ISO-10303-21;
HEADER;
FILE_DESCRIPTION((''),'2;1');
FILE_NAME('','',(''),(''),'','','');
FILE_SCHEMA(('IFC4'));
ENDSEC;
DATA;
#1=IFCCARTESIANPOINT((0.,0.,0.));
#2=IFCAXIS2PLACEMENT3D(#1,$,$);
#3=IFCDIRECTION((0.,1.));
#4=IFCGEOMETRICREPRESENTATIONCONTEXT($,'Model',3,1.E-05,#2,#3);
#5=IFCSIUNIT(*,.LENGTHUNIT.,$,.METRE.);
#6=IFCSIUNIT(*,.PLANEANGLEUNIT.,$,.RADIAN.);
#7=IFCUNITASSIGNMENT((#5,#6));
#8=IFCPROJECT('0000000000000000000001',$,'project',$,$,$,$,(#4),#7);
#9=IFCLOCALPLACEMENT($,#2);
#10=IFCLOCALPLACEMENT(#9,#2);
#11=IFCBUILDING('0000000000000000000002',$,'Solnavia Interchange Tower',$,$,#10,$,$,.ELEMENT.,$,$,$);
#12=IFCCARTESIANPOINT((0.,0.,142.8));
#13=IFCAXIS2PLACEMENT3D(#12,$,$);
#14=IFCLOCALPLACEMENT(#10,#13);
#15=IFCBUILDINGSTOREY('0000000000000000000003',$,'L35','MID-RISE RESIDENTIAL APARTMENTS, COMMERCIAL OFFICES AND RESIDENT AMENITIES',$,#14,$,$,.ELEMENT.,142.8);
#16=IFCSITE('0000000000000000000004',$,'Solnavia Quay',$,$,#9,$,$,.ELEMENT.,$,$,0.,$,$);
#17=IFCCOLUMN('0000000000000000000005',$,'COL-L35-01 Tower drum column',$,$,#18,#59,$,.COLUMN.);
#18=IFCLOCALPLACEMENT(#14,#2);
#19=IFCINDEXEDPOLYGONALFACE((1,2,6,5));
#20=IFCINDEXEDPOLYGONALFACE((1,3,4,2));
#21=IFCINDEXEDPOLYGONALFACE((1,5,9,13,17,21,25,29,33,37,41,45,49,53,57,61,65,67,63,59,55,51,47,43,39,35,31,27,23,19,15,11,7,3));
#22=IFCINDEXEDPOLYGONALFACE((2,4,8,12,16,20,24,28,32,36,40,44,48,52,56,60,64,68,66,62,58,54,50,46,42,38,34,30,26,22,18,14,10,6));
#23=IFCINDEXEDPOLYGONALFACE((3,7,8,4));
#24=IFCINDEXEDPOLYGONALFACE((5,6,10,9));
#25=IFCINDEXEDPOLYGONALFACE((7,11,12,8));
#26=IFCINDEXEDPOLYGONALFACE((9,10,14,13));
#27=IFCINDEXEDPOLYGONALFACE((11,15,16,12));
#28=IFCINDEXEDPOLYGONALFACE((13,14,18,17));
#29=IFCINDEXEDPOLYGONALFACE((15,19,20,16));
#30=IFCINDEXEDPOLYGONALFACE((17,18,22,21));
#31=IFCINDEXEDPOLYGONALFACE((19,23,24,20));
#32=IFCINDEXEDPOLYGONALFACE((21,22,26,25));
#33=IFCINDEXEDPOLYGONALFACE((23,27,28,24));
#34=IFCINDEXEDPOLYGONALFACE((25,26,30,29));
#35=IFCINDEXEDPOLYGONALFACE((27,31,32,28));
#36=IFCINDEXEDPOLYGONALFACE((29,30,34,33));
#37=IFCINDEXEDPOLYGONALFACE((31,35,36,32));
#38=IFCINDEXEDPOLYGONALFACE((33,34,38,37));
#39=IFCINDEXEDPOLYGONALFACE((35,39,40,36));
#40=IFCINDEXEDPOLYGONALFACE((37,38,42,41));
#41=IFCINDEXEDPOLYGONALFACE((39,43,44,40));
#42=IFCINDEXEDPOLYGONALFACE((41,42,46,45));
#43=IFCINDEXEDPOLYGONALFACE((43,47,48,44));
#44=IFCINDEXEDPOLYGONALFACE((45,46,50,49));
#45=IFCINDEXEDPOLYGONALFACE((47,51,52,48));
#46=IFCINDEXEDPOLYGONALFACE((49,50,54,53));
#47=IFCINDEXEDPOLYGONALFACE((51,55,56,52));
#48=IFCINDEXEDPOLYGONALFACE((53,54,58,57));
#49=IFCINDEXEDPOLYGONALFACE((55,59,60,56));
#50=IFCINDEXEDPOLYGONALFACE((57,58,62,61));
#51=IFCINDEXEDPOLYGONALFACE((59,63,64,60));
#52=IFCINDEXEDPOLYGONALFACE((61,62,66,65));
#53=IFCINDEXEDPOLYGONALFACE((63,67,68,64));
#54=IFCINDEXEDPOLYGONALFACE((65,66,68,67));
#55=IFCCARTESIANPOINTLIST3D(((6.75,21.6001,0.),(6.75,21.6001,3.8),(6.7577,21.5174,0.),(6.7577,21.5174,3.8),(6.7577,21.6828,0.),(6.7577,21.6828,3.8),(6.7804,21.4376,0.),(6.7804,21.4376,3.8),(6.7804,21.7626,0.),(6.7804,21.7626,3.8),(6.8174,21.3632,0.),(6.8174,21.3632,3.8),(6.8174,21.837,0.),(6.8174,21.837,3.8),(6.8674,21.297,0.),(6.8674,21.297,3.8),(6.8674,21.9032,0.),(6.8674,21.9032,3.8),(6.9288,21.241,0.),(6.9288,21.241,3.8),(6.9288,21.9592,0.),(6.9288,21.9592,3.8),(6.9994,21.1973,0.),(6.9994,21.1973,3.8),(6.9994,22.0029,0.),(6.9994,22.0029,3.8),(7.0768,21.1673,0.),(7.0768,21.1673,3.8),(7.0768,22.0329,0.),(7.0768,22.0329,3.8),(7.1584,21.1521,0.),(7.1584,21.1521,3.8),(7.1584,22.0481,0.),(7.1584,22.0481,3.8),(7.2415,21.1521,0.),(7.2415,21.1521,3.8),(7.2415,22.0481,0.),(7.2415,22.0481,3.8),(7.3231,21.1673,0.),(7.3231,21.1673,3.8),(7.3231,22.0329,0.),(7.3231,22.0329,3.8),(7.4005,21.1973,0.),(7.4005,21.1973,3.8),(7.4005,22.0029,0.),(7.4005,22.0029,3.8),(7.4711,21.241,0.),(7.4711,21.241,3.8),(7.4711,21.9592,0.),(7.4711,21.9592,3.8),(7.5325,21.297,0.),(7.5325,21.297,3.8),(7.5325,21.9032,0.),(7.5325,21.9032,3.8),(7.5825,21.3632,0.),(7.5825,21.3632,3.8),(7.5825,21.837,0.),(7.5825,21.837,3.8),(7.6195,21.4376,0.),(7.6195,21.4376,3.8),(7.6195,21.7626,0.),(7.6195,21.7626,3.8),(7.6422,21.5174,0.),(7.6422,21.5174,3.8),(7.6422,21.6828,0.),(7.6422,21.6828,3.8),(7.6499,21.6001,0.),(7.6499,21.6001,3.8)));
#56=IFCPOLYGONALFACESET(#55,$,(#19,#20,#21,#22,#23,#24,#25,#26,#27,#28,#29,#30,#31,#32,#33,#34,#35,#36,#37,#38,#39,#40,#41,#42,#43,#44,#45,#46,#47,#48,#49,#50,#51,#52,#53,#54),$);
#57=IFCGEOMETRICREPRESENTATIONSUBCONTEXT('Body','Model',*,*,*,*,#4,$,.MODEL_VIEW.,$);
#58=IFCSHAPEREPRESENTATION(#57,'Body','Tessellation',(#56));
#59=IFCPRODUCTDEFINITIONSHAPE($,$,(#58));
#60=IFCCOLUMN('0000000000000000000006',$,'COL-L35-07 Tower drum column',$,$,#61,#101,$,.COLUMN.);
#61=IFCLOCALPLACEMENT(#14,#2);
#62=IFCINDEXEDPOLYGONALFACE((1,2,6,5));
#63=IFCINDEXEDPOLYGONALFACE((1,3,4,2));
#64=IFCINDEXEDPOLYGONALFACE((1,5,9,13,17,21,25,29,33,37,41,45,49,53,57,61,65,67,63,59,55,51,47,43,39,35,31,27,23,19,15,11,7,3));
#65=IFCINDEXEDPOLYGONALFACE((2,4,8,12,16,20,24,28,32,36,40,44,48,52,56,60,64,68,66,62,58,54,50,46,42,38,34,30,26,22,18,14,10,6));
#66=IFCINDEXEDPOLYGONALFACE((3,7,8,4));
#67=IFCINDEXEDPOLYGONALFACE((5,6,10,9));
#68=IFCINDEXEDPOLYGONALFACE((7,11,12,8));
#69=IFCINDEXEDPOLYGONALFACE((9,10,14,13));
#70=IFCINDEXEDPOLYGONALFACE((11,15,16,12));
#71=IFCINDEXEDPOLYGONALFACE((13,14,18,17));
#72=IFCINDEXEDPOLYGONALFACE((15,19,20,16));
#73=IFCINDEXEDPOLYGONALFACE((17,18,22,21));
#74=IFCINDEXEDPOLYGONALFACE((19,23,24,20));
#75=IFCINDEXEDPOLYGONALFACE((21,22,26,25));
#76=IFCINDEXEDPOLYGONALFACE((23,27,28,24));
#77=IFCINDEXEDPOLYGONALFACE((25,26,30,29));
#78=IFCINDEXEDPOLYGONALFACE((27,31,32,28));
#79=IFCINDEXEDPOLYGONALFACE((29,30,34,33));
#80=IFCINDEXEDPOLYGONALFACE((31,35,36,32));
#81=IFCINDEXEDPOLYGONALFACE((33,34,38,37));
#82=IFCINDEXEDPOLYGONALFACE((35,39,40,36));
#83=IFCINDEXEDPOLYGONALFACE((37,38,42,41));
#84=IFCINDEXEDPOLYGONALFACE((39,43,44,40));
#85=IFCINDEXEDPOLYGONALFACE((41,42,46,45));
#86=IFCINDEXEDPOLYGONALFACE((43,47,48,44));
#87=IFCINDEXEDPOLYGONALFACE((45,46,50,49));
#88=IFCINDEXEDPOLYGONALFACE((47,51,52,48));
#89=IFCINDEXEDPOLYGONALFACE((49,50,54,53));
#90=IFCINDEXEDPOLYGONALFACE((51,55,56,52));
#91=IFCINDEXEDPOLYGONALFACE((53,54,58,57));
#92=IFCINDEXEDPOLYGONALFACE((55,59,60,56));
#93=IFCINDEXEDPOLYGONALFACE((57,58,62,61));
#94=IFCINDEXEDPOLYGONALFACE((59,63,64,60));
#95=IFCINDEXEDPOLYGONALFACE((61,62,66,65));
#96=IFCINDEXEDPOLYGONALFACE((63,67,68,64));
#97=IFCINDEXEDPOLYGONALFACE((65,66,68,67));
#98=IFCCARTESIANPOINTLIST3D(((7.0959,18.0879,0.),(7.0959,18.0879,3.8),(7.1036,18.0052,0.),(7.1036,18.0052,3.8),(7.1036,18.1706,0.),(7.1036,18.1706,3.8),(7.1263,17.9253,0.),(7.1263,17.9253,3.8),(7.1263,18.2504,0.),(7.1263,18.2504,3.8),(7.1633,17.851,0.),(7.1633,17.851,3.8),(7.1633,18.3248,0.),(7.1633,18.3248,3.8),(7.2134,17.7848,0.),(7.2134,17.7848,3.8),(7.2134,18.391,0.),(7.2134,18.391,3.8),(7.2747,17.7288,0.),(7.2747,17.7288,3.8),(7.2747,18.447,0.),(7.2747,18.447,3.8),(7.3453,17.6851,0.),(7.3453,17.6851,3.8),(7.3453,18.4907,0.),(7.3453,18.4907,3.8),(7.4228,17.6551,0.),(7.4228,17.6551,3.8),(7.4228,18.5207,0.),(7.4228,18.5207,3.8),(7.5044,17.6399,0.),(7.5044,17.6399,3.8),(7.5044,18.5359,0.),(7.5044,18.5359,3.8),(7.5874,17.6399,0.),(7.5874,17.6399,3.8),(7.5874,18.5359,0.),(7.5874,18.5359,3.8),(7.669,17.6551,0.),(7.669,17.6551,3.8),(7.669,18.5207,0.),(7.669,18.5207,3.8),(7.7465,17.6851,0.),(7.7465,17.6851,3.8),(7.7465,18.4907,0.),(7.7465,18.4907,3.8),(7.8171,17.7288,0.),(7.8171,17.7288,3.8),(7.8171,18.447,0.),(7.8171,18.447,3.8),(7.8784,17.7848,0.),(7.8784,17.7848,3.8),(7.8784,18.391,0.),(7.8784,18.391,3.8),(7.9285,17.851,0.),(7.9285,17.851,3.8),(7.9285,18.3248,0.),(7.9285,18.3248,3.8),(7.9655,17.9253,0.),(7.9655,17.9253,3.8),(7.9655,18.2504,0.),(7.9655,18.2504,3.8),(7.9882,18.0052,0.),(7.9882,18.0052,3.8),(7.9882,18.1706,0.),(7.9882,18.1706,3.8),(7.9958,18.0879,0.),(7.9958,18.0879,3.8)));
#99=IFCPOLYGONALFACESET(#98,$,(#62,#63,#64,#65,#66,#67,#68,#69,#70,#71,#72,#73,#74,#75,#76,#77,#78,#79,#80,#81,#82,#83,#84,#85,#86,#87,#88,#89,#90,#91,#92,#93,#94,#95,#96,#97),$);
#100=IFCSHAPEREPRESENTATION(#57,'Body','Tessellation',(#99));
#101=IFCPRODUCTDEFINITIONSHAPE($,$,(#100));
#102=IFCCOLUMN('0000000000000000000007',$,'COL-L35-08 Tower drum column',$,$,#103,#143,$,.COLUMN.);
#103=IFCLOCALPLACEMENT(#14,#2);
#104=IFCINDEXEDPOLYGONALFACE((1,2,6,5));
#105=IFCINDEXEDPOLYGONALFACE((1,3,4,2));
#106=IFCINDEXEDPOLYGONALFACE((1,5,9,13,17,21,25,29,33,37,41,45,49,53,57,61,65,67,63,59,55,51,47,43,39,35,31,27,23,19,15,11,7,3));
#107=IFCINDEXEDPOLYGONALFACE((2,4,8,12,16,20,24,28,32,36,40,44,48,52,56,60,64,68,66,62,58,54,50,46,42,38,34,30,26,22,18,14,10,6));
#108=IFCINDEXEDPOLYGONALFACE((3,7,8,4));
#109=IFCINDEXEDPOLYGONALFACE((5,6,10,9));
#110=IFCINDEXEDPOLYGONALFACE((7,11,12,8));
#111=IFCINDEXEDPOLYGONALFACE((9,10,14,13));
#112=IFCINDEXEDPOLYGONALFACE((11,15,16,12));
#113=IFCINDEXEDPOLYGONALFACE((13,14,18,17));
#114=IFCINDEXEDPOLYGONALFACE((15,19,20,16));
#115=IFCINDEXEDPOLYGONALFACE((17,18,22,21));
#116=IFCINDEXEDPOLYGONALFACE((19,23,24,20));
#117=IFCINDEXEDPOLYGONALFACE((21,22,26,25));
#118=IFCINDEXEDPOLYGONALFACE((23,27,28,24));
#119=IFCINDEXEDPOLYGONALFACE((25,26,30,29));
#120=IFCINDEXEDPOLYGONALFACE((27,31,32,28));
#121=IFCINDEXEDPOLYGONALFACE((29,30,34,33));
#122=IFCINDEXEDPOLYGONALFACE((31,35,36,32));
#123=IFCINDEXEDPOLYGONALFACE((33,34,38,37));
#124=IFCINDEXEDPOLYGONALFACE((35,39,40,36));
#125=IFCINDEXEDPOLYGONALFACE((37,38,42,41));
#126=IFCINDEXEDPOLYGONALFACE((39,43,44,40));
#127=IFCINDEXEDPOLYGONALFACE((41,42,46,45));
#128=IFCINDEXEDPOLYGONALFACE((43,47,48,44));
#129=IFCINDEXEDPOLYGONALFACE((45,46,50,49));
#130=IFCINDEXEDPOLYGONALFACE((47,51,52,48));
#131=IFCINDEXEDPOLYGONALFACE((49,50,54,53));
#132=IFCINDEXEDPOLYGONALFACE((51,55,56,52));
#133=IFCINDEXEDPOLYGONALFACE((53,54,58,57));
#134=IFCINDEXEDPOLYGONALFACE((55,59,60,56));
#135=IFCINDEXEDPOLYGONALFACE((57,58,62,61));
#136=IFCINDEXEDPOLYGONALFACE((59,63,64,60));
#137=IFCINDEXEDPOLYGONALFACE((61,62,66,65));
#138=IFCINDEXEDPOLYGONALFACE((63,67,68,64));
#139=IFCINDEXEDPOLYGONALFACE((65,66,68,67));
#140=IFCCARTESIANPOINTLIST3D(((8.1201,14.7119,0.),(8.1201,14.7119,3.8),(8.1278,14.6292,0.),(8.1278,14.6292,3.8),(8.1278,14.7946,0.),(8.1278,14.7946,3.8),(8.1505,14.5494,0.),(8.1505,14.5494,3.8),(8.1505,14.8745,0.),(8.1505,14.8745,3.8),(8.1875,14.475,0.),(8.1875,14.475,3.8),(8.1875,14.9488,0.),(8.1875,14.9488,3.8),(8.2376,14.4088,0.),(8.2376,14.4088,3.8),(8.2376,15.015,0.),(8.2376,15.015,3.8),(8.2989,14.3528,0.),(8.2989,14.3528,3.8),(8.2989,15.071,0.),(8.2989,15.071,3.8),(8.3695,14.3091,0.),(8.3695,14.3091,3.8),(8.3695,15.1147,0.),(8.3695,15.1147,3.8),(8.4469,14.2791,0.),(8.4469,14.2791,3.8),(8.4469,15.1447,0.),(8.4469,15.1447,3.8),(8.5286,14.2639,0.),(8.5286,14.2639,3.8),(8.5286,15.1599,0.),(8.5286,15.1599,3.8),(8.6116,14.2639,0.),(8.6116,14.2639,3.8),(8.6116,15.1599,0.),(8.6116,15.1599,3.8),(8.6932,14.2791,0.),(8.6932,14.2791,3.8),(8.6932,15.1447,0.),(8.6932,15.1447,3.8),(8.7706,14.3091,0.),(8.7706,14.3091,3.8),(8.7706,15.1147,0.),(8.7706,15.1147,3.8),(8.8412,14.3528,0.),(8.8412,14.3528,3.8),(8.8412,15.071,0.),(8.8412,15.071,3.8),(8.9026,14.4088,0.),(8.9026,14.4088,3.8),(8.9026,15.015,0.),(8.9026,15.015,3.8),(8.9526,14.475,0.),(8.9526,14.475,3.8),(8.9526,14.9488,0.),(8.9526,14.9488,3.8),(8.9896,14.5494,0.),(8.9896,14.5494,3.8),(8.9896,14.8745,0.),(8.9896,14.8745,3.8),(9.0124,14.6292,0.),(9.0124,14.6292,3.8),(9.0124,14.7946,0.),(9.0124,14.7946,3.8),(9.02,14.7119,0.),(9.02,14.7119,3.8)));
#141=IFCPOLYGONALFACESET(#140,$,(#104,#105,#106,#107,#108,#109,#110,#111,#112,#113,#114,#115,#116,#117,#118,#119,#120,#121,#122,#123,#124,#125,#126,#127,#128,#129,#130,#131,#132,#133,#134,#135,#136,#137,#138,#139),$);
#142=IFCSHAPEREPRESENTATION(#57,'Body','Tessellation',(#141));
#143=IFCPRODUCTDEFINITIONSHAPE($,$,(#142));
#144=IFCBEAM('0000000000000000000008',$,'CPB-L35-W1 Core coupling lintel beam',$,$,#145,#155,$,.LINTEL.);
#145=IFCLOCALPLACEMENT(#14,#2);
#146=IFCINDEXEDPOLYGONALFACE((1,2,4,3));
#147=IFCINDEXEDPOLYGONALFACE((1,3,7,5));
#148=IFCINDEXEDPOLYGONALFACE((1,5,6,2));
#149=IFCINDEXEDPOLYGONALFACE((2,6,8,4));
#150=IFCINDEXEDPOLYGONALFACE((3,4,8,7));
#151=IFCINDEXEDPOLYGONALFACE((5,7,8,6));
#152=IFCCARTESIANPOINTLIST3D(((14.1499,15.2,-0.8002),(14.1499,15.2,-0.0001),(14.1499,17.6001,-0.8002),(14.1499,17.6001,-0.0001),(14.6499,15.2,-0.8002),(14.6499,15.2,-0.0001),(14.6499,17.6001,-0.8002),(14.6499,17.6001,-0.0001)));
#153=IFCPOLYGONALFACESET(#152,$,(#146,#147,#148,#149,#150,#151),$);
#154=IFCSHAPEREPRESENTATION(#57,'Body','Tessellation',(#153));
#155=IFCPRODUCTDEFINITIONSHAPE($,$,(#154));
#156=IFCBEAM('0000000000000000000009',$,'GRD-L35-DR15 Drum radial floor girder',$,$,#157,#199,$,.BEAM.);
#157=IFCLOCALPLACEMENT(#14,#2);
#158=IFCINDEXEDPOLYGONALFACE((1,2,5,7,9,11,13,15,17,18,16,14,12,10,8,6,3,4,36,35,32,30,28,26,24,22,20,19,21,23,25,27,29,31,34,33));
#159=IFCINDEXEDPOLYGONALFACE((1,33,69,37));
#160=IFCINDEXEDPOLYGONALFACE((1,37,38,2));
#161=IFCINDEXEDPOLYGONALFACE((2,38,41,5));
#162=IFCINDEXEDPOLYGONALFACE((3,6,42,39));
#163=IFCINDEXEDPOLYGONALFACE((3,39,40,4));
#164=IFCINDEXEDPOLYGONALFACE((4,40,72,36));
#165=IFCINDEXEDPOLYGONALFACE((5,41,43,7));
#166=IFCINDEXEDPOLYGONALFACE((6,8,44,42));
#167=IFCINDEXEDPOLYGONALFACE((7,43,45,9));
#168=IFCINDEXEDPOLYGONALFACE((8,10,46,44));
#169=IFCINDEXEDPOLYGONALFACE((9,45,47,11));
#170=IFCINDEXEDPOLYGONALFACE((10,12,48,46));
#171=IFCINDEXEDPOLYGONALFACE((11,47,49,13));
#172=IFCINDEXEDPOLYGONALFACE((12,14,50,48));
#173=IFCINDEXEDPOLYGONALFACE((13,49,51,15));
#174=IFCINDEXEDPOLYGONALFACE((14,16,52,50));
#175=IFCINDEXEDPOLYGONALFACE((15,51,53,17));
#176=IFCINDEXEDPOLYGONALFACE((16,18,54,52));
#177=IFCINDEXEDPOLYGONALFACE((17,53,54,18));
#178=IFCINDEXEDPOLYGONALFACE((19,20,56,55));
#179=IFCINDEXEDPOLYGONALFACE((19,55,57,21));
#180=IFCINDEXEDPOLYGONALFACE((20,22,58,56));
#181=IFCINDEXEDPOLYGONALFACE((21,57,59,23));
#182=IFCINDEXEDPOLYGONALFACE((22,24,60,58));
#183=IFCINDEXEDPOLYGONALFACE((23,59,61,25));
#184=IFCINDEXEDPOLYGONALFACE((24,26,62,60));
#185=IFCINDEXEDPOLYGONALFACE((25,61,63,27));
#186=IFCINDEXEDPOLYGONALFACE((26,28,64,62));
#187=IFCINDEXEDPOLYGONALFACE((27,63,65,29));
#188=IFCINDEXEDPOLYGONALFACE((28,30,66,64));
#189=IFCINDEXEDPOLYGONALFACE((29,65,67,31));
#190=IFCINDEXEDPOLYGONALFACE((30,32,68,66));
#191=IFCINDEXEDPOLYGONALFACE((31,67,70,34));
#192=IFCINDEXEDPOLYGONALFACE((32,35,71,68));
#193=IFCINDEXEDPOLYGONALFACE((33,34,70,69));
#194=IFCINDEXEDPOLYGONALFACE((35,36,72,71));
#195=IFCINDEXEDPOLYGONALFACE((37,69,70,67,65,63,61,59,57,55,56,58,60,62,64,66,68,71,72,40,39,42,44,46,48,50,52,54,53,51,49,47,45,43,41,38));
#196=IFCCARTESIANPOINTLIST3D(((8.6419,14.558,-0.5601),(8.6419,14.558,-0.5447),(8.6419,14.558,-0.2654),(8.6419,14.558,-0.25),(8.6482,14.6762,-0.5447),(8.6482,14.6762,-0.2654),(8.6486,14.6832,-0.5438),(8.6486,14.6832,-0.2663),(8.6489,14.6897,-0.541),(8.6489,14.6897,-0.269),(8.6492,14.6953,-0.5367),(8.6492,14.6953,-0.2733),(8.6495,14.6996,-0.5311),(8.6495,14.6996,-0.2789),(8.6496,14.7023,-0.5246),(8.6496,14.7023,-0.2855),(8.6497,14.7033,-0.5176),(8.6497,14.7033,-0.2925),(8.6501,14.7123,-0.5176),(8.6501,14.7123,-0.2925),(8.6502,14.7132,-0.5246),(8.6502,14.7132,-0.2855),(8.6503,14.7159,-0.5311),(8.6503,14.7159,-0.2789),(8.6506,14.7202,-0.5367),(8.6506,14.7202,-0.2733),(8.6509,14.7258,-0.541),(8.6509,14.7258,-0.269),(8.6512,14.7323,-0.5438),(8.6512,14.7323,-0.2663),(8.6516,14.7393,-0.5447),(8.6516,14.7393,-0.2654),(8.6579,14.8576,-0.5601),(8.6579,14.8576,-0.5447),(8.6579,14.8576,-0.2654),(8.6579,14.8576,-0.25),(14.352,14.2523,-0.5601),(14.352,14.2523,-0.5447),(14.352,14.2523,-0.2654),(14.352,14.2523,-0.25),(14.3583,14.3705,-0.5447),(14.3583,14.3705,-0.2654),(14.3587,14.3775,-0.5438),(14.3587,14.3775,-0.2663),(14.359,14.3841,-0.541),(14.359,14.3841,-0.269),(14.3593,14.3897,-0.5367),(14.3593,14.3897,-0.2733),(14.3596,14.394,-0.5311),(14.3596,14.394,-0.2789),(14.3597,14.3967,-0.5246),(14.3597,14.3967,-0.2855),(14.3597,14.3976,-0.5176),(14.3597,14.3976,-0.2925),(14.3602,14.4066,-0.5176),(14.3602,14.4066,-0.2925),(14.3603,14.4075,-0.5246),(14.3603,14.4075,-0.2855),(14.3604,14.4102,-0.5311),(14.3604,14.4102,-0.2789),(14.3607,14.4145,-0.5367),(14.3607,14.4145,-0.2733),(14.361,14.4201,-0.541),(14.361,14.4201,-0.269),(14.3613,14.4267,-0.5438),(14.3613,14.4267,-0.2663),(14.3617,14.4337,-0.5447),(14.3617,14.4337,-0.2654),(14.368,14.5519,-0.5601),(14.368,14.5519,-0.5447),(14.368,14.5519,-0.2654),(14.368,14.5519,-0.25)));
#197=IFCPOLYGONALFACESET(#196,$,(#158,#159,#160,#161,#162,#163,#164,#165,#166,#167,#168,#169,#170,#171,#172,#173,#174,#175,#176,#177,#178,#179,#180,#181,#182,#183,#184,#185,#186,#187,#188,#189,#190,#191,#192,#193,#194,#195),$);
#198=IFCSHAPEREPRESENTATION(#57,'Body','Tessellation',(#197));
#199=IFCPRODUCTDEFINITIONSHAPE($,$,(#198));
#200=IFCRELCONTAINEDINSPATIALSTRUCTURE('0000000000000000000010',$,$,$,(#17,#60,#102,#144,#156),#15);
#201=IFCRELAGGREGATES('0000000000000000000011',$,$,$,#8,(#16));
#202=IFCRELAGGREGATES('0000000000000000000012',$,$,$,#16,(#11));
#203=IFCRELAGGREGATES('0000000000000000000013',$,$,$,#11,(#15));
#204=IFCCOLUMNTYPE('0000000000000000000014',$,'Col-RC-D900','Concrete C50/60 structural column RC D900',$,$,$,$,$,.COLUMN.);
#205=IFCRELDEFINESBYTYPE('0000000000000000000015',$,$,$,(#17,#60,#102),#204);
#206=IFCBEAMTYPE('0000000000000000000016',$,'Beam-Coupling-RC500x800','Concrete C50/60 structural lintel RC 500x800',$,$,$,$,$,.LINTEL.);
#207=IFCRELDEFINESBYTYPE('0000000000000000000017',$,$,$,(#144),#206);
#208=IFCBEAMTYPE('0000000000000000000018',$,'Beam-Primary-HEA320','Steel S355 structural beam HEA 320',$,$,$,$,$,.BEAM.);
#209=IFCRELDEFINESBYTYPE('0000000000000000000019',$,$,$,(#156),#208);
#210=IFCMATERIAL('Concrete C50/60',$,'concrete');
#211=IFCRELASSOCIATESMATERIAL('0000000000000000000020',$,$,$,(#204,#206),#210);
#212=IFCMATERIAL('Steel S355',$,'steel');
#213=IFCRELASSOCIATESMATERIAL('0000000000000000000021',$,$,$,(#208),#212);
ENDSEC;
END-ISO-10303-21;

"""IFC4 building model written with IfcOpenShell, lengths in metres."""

from ifc_helpers import new_model, si_unit, direction, frame, origin, origin_2d, place, context, subcontext, project, spatial, rectangle, circle, i_section, extrude, material, material_profile, profile_set, type_object, element, save


model = new_model("IFC4")

# Units and contexts
model_context = context("Model", 3, precision=1e-05, world=origin(), true_north=direction((0.0, 1.0)))
body_context = subcontext(model_context, "Body", "Model", "MODEL_VIEW")
ifc_project = project(units=[si_unit("LENGTHUNIT", "METRE"), si_unit("PLANEANGLEUNIT", "RADIAN")], contexts=[model_context])

# Site, building, storey
site_placement = place(None, origin())
site = spatial("IfcSite", under=ifc_project, at=site_placement, Name="Solnavia Quay", CompositionType="ELEMENT", RefElevation=0.0)
building_placement = place(site_placement, origin())
building = spatial("IfcBuilding", under=site, at=building_placement, Name="Solnavia Interchange Tower", CompositionType="ELEMENT")
storey_placement = place(building_placement, frame((0.0, 0.0, 142.8)))
storey = spatial("IfcBuildingStorey", under=building, at=storey_placement, Name="L35", Description="MID-RISE RESIDENTIAL APARTMENTS, COMMERCIAL OFFICES AND RESIDENT AMENITIES", CompositionType="ELEMENT", Elevation=142.8)

# Columns
ifc_material_1 = material(Name="Concrete C50/60", Category="concrete")
ifc_material_profile_1 = material_profile(ifc_material_1, circle(Radius=0.45, at=origin_2d()), Name="RC D900")
ifc_profile_set_1 = profile_set([ifc_material_profile_1], Name="Concrete C50/60")
column_type = type_object("IfcColumnType", Name="Col-RC-D900", Description="Concrete C50/60 structural column RC D900", PredefinedType="COLUMN", material=ifc_profile_set_1)
for number, where, z_axis, x_axis, name in (
    (1, (7.2, 21.6001, 0.0), (0.0, 0.0, 1.0), (1.0, 0.0, 0.0), "COL-L35-01 Tower drum column"),
    (2, (7.5459, 18.0879, 0.0), (0.0, 0.0, 1.0), (1.0, 0.0, 0.0), "COL-L35-07 Tower drum column"),
    (3, (8.5701, 14.7119, 0.0), (0.0, 0.0, 1.0), (1.0, 0.0, 0.0), "COL-L35-08 Tower drum column"),
):
    element("IfcColumn", number, at=place(storey_placement, frame(where, z_axis=z_axis, x_axis=x_axis)), inside=storey, type_object=column_type, Name=name, PredefinedType="COLUMN", context=body_context, shape_type="SweptSolid", body=[
        extrude(circle(Radius=0.45, at=origin_2d()), origin(), (0.0, 0.0, 1.0), 3.8),
    ])

# Beams
ifc_material_profile_2 = material_profile(ifc_material_1, rectangle(XDim=0.5, YDim=0.8, at=origin_2d()), Name="RC 500x800")
ifc_profile_set_2 = profile_set([ifc_material_profile_2], Name="Concrete C50/60")
beam_type_1 = type_object("IfcBeamType", Name="Beam-Coupling-RC500x800", Description="Concrete C50/60 structural lintel RC 500x800", PredefinedType="LINTEL", material=ifc_profile_set_2)
beam_1_placement = place(storey_placement, frame((14.3999, 15.2, -0.4001), z_axis=(0.0, 1.0, 0.0), x_axis=(-1.0, 0.0, 0.0)))
element("IfcBeam", 4, at=beam_1_placement, inside=storey, type_object=beam_type_1, Name="CPB-L35-W1 Core coupling lintel beam", PredefinedType="LINTEL", context=body_context, shape_type="SweptSolid", body=[
    extrude(rectangle(XDim=0.5, YDim=0.8, at=origin_2d()), origin(), (0.0, 0.0, 1.0), 2.4001),
])
ifc_material_2 = material(Name="Steel S355", Category="steel")
ifc_material_profile_3 = material_profile(ifc_material_2, i_section(OverallWidth=0.3, OverallDepth=0.3101, WebThickness=0.009, FlangeThickness=0.0154, FilletRadius=0.0271, at=origin_2d()), Name="HEA 320")
ifc_profile_set_3 = profile_set([ifc_material_profile_3], Name="Steel S355")
beam_type_2 = type_object("IfcBeamType", Name="Beam-Primary-HEA320", Description="Steel S355 structural beam HEA 320", PredefinedType="BEAM", material=ifc_profile_set_3)
beam_2_placement = place(storey_placement, frame((8.6499, 14.7078, -0.405), z_axis=(0.99857, -0.053453, 0.0), x_axis=(0.053453, 0.99857, 0.0)))
element("IfcBeam", 5, at=beam_2_placement, inside=storey, type_object=beam_type_2, Name="GRD-L35-DR15 Drum radial floor girder", PredefinedType="BEAM", context=body_context, shape_type="SweptSolid", body=[
    extrude(i_section(OverallWidth=0.3, OverallDepth=0.3101, WebThickness=0.009, FlangeThickness=0.0154, FilletRadius=0.0271, at=origin_2d()), origin(), (0.0, 0.0, 1.0), 5.7183),
])

save(model, "model.ifc")
